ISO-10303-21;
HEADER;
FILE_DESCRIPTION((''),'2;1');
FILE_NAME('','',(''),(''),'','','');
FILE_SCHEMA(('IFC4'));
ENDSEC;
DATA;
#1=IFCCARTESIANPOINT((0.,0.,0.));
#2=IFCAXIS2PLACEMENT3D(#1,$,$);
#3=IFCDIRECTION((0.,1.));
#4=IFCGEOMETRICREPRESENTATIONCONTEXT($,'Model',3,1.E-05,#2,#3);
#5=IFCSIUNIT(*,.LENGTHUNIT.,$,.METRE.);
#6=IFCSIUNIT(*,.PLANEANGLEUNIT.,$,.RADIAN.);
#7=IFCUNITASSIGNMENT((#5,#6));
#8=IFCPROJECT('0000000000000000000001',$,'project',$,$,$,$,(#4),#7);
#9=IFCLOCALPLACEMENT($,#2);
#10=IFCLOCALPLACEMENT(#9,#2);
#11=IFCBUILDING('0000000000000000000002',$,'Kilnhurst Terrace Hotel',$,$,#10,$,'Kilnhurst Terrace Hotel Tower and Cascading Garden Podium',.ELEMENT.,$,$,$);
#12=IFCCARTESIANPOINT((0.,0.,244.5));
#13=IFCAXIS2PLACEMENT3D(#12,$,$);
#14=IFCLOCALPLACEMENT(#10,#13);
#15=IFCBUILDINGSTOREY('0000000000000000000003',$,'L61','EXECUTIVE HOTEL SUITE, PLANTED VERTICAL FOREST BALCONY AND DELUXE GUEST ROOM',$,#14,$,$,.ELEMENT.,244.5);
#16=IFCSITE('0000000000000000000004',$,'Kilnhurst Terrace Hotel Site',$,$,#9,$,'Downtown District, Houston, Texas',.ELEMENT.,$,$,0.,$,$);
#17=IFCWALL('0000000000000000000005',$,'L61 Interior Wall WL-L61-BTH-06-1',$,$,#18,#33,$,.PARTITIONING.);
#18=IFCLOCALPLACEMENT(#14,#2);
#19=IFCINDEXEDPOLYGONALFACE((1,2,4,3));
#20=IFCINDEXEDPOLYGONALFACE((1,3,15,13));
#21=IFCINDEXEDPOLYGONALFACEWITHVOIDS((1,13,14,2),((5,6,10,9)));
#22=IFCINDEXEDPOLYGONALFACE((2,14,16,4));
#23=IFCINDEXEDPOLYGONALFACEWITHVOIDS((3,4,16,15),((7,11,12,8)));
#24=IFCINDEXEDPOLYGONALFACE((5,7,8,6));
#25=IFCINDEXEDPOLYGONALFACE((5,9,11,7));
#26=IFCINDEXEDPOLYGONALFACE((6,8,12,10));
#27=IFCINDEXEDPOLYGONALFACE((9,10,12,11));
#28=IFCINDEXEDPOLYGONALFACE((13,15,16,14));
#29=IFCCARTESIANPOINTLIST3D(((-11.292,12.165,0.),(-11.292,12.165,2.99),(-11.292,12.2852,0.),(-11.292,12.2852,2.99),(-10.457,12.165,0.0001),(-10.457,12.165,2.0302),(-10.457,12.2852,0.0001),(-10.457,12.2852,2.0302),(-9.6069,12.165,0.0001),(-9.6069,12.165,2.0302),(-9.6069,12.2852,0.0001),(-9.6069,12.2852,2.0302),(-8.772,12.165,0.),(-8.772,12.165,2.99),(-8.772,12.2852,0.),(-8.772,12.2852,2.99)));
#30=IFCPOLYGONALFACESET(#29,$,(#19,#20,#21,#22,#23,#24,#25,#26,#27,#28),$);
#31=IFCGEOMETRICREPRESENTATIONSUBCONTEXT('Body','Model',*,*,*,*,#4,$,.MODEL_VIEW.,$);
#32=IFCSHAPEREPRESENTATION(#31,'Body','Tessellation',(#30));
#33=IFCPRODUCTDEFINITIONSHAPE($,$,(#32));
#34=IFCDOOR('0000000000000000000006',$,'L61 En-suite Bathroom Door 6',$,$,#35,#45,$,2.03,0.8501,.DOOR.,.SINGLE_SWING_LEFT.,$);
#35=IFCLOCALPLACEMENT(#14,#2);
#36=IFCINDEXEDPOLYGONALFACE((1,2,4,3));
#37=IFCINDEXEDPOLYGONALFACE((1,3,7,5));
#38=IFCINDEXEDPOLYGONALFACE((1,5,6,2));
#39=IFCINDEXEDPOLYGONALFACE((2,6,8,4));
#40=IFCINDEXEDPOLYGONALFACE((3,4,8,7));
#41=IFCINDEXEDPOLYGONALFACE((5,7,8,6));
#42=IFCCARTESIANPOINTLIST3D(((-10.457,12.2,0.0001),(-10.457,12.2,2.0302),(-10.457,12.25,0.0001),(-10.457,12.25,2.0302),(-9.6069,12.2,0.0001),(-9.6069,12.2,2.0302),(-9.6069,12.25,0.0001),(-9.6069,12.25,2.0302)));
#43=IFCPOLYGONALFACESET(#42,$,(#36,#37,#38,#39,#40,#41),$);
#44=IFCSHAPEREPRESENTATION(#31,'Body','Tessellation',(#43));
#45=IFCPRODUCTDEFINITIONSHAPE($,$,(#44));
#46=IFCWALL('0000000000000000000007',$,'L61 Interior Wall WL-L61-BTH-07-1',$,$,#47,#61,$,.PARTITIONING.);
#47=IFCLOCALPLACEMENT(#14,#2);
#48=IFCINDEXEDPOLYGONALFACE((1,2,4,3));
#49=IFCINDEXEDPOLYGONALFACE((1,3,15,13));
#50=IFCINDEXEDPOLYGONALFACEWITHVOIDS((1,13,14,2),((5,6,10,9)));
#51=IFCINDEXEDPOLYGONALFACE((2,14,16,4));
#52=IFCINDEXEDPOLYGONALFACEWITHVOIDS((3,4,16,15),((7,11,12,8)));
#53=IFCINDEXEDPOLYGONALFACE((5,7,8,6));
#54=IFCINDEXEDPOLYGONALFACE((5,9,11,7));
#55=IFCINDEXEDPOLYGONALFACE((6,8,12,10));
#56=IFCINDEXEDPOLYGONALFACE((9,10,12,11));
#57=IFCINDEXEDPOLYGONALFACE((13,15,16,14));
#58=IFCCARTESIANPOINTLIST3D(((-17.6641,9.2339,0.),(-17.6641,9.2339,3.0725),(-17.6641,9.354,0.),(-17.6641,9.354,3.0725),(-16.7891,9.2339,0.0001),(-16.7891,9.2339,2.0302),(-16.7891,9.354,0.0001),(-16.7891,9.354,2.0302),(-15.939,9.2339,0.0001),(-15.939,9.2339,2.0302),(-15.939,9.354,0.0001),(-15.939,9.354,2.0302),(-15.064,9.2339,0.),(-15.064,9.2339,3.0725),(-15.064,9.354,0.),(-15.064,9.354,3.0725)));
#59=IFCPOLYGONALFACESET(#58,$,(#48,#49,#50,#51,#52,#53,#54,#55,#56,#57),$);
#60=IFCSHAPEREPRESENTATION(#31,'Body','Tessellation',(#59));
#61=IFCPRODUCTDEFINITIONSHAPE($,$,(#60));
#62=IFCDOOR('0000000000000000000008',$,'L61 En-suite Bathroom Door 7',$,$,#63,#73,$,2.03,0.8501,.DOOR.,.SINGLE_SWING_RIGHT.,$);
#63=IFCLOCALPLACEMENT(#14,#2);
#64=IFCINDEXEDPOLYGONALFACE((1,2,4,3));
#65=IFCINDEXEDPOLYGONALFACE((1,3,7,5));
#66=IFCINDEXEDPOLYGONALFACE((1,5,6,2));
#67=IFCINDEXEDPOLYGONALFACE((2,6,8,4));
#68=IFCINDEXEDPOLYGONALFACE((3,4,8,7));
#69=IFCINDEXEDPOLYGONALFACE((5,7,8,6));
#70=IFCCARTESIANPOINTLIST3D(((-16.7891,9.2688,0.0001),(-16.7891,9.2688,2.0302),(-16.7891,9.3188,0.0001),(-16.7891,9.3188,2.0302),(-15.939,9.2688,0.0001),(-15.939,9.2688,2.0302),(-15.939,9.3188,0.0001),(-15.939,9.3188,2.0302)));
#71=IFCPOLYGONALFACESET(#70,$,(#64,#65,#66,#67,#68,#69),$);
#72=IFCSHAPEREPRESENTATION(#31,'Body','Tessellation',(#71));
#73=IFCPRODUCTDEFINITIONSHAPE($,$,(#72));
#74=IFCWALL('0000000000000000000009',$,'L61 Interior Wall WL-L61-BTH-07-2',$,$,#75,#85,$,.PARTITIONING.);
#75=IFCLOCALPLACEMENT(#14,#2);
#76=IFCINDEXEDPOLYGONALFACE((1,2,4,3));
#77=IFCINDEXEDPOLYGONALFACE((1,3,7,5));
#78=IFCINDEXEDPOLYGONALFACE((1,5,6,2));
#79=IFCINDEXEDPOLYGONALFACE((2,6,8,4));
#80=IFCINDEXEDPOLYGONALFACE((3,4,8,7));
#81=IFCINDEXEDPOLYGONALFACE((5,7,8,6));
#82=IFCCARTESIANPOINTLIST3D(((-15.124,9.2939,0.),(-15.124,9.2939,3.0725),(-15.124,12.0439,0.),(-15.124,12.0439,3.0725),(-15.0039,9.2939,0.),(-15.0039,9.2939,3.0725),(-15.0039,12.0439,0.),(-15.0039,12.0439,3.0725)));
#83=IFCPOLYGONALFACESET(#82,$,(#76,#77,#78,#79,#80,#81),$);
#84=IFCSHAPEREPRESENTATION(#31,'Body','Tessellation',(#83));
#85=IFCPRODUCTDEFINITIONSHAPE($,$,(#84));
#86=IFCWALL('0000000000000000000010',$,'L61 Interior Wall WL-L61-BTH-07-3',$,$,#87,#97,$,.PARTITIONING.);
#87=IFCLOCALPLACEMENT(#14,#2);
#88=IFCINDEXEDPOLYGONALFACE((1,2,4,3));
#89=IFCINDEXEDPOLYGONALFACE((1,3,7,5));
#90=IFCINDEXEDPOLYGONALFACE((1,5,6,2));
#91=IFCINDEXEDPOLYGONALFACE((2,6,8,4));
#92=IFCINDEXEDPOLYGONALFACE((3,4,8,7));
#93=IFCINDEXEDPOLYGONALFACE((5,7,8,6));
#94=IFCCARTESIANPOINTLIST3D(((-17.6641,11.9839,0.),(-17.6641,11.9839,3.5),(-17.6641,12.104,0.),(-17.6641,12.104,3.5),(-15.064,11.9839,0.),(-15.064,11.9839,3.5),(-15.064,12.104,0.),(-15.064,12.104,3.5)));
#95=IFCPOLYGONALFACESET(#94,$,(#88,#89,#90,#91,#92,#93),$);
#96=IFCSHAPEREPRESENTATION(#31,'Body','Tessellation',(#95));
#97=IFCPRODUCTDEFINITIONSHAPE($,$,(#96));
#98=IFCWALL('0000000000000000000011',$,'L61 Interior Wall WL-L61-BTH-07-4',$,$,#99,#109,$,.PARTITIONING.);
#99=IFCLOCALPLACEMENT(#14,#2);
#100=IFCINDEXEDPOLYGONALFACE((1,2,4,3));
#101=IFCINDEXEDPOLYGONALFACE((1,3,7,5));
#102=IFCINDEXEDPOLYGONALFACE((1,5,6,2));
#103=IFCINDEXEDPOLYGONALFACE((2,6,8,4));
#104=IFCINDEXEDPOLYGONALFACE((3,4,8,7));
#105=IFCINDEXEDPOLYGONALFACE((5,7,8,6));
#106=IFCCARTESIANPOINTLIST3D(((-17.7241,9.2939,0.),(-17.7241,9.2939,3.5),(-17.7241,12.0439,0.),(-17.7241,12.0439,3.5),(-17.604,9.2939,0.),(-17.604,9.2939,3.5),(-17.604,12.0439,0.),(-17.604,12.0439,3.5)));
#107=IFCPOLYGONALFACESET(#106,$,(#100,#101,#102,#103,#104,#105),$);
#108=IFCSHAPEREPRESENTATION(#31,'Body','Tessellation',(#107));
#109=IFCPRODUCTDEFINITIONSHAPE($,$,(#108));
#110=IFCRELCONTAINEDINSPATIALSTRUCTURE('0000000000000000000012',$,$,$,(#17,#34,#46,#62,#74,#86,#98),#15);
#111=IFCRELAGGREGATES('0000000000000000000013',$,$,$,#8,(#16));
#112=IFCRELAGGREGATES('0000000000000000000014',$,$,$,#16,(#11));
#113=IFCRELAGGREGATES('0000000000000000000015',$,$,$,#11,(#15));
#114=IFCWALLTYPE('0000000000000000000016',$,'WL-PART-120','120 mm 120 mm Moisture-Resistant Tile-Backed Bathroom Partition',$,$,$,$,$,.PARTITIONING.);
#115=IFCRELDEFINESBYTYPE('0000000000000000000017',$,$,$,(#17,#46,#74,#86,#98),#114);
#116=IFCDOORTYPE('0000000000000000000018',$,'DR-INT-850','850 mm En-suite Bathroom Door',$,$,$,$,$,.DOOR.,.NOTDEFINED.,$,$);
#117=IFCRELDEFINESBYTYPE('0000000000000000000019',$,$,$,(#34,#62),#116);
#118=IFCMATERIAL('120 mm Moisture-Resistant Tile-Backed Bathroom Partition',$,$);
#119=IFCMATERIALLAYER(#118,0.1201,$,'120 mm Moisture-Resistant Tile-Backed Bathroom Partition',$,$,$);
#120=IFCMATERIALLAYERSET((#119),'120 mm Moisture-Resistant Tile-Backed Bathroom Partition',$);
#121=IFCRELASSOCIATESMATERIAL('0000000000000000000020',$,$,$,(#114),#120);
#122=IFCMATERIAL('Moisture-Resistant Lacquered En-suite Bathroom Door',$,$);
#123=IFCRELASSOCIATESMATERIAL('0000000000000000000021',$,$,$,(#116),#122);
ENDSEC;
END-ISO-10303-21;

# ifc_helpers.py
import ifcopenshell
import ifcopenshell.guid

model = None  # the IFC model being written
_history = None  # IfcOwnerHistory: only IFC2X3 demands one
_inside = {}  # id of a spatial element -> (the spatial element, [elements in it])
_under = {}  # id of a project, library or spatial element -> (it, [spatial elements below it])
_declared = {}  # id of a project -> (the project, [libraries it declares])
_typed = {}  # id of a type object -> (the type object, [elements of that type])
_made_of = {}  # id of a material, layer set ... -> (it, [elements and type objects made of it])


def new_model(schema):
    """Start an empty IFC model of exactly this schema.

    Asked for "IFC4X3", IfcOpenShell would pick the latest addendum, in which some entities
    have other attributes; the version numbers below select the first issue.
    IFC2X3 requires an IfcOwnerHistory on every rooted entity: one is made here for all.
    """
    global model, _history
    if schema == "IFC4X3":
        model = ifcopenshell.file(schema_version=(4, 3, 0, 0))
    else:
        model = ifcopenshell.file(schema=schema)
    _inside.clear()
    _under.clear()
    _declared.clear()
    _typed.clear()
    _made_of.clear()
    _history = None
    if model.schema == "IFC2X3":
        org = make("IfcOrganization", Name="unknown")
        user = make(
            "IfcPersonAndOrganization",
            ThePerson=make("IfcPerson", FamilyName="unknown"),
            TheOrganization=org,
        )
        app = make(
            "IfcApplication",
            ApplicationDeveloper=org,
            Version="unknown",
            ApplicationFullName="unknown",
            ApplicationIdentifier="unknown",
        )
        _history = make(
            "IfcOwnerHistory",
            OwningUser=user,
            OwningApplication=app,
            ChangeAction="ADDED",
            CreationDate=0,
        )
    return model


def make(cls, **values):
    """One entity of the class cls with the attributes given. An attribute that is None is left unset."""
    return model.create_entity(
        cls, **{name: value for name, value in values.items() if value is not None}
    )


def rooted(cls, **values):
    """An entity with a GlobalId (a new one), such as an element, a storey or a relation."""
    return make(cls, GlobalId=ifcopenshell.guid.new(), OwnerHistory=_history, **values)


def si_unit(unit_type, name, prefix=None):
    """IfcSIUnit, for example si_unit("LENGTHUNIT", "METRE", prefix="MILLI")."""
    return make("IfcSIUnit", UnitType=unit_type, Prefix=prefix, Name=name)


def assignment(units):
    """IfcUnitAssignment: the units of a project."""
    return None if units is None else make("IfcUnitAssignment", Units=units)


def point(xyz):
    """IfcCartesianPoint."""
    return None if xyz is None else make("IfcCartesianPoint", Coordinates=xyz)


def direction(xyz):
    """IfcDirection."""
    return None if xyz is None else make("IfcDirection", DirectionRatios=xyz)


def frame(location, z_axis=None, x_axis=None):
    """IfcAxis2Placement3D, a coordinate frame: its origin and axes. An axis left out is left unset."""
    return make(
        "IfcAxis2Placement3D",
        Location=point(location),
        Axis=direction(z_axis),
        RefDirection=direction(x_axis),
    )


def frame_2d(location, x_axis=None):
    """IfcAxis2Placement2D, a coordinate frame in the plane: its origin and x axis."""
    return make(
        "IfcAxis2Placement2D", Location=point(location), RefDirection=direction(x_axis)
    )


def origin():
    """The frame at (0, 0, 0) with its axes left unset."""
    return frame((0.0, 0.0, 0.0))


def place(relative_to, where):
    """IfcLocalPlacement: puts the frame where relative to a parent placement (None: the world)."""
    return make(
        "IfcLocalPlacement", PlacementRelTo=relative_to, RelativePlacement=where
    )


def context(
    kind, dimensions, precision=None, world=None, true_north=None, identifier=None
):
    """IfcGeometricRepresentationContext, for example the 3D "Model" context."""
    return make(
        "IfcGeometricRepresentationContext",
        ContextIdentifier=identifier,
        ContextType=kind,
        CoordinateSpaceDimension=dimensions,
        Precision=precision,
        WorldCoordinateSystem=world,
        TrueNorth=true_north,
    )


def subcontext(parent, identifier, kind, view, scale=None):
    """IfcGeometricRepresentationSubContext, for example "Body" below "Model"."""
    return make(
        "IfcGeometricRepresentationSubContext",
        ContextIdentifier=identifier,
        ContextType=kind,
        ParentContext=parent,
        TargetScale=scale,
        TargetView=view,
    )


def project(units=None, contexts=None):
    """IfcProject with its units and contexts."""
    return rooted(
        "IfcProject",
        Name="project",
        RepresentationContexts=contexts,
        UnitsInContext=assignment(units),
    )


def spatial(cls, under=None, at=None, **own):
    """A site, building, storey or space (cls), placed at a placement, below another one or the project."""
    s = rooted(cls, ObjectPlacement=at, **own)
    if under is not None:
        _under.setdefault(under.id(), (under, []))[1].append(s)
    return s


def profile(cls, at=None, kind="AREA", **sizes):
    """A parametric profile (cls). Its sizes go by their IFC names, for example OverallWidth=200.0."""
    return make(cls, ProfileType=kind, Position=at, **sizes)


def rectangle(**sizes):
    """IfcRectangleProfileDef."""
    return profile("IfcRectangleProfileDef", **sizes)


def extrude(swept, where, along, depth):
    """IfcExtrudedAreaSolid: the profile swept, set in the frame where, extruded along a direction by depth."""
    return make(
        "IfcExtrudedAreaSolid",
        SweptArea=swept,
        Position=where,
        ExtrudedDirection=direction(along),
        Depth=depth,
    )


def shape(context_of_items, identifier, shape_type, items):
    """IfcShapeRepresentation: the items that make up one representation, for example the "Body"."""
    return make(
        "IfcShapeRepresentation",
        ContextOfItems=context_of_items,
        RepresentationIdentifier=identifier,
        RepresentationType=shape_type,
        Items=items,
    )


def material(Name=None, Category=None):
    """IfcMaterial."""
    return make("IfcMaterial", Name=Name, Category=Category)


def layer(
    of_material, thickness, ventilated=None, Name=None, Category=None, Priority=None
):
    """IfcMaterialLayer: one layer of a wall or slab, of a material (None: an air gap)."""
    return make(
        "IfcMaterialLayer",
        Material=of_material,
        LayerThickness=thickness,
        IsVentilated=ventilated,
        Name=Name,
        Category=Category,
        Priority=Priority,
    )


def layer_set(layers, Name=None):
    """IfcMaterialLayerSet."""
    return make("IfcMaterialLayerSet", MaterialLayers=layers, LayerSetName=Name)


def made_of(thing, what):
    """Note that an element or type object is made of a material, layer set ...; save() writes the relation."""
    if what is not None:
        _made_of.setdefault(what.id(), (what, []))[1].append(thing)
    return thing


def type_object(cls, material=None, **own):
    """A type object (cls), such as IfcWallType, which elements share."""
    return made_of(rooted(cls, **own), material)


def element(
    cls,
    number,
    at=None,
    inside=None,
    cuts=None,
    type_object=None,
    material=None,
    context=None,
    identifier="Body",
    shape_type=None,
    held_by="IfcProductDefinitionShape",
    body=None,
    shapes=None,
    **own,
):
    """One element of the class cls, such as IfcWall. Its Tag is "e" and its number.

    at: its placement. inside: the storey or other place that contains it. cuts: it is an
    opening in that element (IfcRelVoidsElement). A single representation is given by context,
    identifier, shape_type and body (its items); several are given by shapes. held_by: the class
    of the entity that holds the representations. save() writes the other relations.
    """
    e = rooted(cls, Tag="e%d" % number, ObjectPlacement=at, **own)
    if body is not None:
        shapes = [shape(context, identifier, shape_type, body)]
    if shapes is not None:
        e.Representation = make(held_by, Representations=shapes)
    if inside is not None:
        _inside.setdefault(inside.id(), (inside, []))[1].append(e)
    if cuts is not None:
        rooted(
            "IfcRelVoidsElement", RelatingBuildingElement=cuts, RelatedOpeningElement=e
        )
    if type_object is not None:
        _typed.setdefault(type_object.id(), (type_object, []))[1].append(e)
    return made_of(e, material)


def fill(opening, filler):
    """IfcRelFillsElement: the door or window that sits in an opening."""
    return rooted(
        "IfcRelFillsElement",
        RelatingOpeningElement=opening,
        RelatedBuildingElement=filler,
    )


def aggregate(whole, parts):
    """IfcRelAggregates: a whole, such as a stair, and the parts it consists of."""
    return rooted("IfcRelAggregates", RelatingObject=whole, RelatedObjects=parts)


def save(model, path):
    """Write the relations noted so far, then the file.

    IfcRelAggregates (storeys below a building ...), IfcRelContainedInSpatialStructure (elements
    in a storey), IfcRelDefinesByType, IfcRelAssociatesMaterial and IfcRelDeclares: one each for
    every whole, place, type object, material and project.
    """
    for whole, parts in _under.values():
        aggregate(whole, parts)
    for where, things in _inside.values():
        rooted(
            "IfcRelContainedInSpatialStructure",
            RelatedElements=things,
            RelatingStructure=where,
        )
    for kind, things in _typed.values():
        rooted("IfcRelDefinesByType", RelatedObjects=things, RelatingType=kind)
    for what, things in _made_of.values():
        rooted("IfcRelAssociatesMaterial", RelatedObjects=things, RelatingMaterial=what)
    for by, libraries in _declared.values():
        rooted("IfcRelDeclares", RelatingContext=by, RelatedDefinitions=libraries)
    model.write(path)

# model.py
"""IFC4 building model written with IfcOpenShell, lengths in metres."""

from ifc_helpers import new_model, si_unit, direction, frame, frame_2d, origin, place, context, subcontext, project, spatial, rectangle, extrude, material, layer, layer_set, type_object, element, fill, save


model = new_model("IFC4")

# Units and contexts
model_context = context("Model", 3, precision=1e-05, world=origin(), true_north=direction((0.0, 1.0)))
body_context = subcontext(model_context, "Body", "Model", "MODEL_VIEW")
ifc_project = project(units=[si_unit("LENGTHUNIT", "METRE"), si_unit("PLANEANGLEUNIT", "RADIAN")], contexts=[model_context])

# Site, building, storey
site_placement = place(None, origin())
site = spatial("IfcSite", under=ifc_project, at=site_placement, Name="Kilnhurst Terrace Hotel Site", LongName="Downtown District, Houston, Texas", CompositionType="ELEMENT", RefElevation=0.0)
building_placement = place(site_placement, origin())
building = spatial("IfcBuilding", under=site, at=building_placement, Name="Kilnhurst Terrace Hotel", LongName="Kilnhurst Terrace Hotel Tower and Cascading Garden Podium", CompositionType="ELEMENT")
storey_placement = place(building_placement, frame((0.0, 0.0, 244.5)))
storey = spatial("IfcBuildingStorey", under=building, at=storey_placement, Name="L61", Description="EXECUTIVE HOTEL SUITE, PLANTED VERTICAL FOREST BALCONY AND DELUXE GUEST ROOM", CompositionType="ELEMENT", Elevation=244.5)

# Wall, opening, door
ifc_material_1 = material(Name="120 mm Moisture-Resistant Tile-Backed Bathroom Partition")
ifc_layer_1 = layer(ifc_material_1, 0.1201, Name="120 mm Moisture-Resistant Tile-Backed Bathroom Partition")
ifc_layer_set_1 = layer_set([ifc_layer_1], Name="120 mm Moisture-Resistant Tile-Backed Bathroom Partition")
wall_type_1 = type_object("IfcWallType", Name="WL-PART-120", Description="120 mm 120 mm Moisture-Resistant Tile-Backed Bathroom Partition", PredefinedType="PARTITIONING", material=ifc_layer_set_1)
wall_1_placement = place(storey_placement, frame((-11.292, 12.2251, 0.0), z_axis=(0.0, 0.0, 1.0), x_axis=(1.0, 0.0, 0.0)))
wall_1 = element("IfcWall", 1, at=wall_1_placement, inside=storey, type_object=wall_type_1, Name="L61 Interior Wall WL-L61-BTH-06-1", PredefinedType="PARTITIONING", context=body_context, shape_type="SweptSolid", body=[
    extrude(rectangle(XDim=2.52, YDim=0.1201, at=frame_2d((1.26, 0.0))), origin(), (0.0, 0.0, 1.0), 2.99),
])
opening_1_placement = place(wall_1_placement, frame((0.835, 0.0, 0.0)))
opening_1 = element("IfcOpeningElement", 2, at=opening_1_placement, cuts=wall_1, PredefinedType="OPENING", context=body_context, shape_type="SweptSolid", body=[
    extrude(rectangle(XDim=0.8501, YDim=2.03, at=frame_2d((0.425, 1.0151))), frame((0.0, 0.0701, 0.0), z_axis=(0.0, -1.0, 0.0), x_axis=(1.0, 0.0, 0.0)), (0.0, 0.0, 1.0), 0.1401),
])
ifc_material_2 = material(Name="Moisture-Resistant Lacquered En-suite Bathroom Door")
door_type_1 = type_object("IfcDoorType", Name="DR-INT-850", Description="850 mm En-suite Bathroom Door", OperationType="NOTDEFINED", PredefinedType="DOOR", material=ifc_material_2)
door_1_placement = place(opening_1_placement, origin())
door_1 = element("IfcDoor", 3, at=door_1_placement, inside=storey, type_object=door_type_1, Name="L61 En-suite Bathroom Door 6", OperationType="SINGLE_SWING_LEFT", OverallHeight=2.03, OverallWidth=0.8501, PredefinedType="DOOR", context=body_context, shape_type="SweptSolid", body=[
    extrude(rectangle(XDim=0.8501, YDim=2.03, at=frame_2d((0.425, 1.0151))), frame((0.0, 0.0249, 0.0), z_axis=(0.0, -1.0, 0.0), x_axis=(1.0, 0.0, 0.0)), (0.0, 0.0, 1.0), 0.05),
])
fill(opening_1, door_1)

# Wall, opening, door
wall_2_placement = place(storey_placement, frame((-17.6641, 9.2939, 0.0), z_axis=(0.0, 0.0, 1.0), x_axis=(1.0, 0.0, 0.0)))
wall_2 = element("IfcWall", 4, at=wall_2_placement, inside=storey, type_object=wall_type_1, Name="L61 Interior Wall WL-L61-BTH-07-1", PredefinedType="PARTITIONING", context=body_context, shape_type="SweptSolid", body=[
    extrude(rectangle(XDim=2.6001, YDim=0.1201, at=frame_2d((1.3, 0.0))), origin(), (0.0, 0.0, 1.0), 3.0725),
])
opening_2_placement = place(wall_2_placement, frame((0.875, 0.0, 0.0)))
opening_2 = element("IfcOpeningElement", 5, at=opening_2_placement, cuts=wall_2, PredefinedType="OPENING", context=body_context, shape_type="SweptSolid", body=[
    extrude(rectangle(XDim=0.8501, YDim=2.03, at=frame_2d((0.425, 1.0151))), frame((0.0, 0.0701, 0.0), z_axis=(0.0, -1.0, 0.0), x_axis=(1.0, 0.0, 0.0)), (0.0, 0.0, 1.0), 0.1401),
])
door_2_placement = place(opening_2_placement, origin())
door_2 = element("IfcDoor", 6, at=door_2_placement, inside=storey, type_object=door_type_1, Name="L61 En-suite Bathroom Door 7", OperationType="SINGLE_SWING_RIGHT", OverallHeight=2.03, OverallWidth=0.8501, PredefinedType="DOOR", context=body_context, shape_type="SweptSolid", body=[
    extrude(rectangle(XDim=0.8501, YDim=2.03, at=frame_2d((0.425, 1.0151))), frame((0.0, 0.0249, 0.0), z_axis=(0.0, -1.0, 0.0), x_axis=(1.0, 0.0, 0.0)), (0.0, 0.0, 1.0), 0.05),
])
fill(opening_2, door_2)

# Walls
wall_3_placement = place(storey_placement, frame((-15.064, 9.2939, 0.0), z_axis=(0.0, 0.0, 1.0), x_axis=(0.0, 1.0, 0.0)))
element("IfcWall", 7, at=wall_3_placement, inside=storey, type_object=wall_type_1, Name="L61 Interior Wall WL-L61-BTH-07-2", PredefinedType="PARTITIONING", context=body_context, shape_type="SweptSolid", body=[
    extrude(rectangle(XDim=2.75, YDim=0.1201, at=frame_2d((1.375, 0.0))), origin(), (0.0, 0.0, 1.0), 3.0725),
])
wall_4_placement = place(storey_placement, frame((-15.064, 12.0439, 0.0), z_axis=(0.0, 0.0, 1.0), x_axis=(-1.0, 0.0, 0.0)))
element("IfcWall", 8, at=wall_4_placement, inside=storey, type_object=wall_type_1, Name="L61 Interior Wall WL-L61-BTH-07-3", PredefinedType="PARTITIONING", context=body_context, shape_type="SweptSolid", body=[
    extrude(rectangle(XDim=2.6001, YDim=0.1201, at=frame_2d((1.3, 0.0))), origin(), (0.0, 0.0, 1.0), 3.5),
])
wall_5_placement = place(storey_placement, frame((-17.6641, 12.0439, 0.0), z_axis=(0.0, 0.0, 1.0), x_axis=(0.0, -1.0, 0.0)))
element("IfcWall", 9, at=wall_5_placement, inside=storey, type_object=wall_type_1, Name="L61 Interior Wall WL-L61-BTH-07-4", PredefinedType="PARTITIONING", context=body_context, shape_type="SweptSolid", body=[
    extrude(rectangle(XDim=2.75, YDim=0.1201, at=frame_2d((1.375, 0.0))), origin(), (0.0, 0.0, 1.0), 3.5),
])

save(model, "model.ifc")
